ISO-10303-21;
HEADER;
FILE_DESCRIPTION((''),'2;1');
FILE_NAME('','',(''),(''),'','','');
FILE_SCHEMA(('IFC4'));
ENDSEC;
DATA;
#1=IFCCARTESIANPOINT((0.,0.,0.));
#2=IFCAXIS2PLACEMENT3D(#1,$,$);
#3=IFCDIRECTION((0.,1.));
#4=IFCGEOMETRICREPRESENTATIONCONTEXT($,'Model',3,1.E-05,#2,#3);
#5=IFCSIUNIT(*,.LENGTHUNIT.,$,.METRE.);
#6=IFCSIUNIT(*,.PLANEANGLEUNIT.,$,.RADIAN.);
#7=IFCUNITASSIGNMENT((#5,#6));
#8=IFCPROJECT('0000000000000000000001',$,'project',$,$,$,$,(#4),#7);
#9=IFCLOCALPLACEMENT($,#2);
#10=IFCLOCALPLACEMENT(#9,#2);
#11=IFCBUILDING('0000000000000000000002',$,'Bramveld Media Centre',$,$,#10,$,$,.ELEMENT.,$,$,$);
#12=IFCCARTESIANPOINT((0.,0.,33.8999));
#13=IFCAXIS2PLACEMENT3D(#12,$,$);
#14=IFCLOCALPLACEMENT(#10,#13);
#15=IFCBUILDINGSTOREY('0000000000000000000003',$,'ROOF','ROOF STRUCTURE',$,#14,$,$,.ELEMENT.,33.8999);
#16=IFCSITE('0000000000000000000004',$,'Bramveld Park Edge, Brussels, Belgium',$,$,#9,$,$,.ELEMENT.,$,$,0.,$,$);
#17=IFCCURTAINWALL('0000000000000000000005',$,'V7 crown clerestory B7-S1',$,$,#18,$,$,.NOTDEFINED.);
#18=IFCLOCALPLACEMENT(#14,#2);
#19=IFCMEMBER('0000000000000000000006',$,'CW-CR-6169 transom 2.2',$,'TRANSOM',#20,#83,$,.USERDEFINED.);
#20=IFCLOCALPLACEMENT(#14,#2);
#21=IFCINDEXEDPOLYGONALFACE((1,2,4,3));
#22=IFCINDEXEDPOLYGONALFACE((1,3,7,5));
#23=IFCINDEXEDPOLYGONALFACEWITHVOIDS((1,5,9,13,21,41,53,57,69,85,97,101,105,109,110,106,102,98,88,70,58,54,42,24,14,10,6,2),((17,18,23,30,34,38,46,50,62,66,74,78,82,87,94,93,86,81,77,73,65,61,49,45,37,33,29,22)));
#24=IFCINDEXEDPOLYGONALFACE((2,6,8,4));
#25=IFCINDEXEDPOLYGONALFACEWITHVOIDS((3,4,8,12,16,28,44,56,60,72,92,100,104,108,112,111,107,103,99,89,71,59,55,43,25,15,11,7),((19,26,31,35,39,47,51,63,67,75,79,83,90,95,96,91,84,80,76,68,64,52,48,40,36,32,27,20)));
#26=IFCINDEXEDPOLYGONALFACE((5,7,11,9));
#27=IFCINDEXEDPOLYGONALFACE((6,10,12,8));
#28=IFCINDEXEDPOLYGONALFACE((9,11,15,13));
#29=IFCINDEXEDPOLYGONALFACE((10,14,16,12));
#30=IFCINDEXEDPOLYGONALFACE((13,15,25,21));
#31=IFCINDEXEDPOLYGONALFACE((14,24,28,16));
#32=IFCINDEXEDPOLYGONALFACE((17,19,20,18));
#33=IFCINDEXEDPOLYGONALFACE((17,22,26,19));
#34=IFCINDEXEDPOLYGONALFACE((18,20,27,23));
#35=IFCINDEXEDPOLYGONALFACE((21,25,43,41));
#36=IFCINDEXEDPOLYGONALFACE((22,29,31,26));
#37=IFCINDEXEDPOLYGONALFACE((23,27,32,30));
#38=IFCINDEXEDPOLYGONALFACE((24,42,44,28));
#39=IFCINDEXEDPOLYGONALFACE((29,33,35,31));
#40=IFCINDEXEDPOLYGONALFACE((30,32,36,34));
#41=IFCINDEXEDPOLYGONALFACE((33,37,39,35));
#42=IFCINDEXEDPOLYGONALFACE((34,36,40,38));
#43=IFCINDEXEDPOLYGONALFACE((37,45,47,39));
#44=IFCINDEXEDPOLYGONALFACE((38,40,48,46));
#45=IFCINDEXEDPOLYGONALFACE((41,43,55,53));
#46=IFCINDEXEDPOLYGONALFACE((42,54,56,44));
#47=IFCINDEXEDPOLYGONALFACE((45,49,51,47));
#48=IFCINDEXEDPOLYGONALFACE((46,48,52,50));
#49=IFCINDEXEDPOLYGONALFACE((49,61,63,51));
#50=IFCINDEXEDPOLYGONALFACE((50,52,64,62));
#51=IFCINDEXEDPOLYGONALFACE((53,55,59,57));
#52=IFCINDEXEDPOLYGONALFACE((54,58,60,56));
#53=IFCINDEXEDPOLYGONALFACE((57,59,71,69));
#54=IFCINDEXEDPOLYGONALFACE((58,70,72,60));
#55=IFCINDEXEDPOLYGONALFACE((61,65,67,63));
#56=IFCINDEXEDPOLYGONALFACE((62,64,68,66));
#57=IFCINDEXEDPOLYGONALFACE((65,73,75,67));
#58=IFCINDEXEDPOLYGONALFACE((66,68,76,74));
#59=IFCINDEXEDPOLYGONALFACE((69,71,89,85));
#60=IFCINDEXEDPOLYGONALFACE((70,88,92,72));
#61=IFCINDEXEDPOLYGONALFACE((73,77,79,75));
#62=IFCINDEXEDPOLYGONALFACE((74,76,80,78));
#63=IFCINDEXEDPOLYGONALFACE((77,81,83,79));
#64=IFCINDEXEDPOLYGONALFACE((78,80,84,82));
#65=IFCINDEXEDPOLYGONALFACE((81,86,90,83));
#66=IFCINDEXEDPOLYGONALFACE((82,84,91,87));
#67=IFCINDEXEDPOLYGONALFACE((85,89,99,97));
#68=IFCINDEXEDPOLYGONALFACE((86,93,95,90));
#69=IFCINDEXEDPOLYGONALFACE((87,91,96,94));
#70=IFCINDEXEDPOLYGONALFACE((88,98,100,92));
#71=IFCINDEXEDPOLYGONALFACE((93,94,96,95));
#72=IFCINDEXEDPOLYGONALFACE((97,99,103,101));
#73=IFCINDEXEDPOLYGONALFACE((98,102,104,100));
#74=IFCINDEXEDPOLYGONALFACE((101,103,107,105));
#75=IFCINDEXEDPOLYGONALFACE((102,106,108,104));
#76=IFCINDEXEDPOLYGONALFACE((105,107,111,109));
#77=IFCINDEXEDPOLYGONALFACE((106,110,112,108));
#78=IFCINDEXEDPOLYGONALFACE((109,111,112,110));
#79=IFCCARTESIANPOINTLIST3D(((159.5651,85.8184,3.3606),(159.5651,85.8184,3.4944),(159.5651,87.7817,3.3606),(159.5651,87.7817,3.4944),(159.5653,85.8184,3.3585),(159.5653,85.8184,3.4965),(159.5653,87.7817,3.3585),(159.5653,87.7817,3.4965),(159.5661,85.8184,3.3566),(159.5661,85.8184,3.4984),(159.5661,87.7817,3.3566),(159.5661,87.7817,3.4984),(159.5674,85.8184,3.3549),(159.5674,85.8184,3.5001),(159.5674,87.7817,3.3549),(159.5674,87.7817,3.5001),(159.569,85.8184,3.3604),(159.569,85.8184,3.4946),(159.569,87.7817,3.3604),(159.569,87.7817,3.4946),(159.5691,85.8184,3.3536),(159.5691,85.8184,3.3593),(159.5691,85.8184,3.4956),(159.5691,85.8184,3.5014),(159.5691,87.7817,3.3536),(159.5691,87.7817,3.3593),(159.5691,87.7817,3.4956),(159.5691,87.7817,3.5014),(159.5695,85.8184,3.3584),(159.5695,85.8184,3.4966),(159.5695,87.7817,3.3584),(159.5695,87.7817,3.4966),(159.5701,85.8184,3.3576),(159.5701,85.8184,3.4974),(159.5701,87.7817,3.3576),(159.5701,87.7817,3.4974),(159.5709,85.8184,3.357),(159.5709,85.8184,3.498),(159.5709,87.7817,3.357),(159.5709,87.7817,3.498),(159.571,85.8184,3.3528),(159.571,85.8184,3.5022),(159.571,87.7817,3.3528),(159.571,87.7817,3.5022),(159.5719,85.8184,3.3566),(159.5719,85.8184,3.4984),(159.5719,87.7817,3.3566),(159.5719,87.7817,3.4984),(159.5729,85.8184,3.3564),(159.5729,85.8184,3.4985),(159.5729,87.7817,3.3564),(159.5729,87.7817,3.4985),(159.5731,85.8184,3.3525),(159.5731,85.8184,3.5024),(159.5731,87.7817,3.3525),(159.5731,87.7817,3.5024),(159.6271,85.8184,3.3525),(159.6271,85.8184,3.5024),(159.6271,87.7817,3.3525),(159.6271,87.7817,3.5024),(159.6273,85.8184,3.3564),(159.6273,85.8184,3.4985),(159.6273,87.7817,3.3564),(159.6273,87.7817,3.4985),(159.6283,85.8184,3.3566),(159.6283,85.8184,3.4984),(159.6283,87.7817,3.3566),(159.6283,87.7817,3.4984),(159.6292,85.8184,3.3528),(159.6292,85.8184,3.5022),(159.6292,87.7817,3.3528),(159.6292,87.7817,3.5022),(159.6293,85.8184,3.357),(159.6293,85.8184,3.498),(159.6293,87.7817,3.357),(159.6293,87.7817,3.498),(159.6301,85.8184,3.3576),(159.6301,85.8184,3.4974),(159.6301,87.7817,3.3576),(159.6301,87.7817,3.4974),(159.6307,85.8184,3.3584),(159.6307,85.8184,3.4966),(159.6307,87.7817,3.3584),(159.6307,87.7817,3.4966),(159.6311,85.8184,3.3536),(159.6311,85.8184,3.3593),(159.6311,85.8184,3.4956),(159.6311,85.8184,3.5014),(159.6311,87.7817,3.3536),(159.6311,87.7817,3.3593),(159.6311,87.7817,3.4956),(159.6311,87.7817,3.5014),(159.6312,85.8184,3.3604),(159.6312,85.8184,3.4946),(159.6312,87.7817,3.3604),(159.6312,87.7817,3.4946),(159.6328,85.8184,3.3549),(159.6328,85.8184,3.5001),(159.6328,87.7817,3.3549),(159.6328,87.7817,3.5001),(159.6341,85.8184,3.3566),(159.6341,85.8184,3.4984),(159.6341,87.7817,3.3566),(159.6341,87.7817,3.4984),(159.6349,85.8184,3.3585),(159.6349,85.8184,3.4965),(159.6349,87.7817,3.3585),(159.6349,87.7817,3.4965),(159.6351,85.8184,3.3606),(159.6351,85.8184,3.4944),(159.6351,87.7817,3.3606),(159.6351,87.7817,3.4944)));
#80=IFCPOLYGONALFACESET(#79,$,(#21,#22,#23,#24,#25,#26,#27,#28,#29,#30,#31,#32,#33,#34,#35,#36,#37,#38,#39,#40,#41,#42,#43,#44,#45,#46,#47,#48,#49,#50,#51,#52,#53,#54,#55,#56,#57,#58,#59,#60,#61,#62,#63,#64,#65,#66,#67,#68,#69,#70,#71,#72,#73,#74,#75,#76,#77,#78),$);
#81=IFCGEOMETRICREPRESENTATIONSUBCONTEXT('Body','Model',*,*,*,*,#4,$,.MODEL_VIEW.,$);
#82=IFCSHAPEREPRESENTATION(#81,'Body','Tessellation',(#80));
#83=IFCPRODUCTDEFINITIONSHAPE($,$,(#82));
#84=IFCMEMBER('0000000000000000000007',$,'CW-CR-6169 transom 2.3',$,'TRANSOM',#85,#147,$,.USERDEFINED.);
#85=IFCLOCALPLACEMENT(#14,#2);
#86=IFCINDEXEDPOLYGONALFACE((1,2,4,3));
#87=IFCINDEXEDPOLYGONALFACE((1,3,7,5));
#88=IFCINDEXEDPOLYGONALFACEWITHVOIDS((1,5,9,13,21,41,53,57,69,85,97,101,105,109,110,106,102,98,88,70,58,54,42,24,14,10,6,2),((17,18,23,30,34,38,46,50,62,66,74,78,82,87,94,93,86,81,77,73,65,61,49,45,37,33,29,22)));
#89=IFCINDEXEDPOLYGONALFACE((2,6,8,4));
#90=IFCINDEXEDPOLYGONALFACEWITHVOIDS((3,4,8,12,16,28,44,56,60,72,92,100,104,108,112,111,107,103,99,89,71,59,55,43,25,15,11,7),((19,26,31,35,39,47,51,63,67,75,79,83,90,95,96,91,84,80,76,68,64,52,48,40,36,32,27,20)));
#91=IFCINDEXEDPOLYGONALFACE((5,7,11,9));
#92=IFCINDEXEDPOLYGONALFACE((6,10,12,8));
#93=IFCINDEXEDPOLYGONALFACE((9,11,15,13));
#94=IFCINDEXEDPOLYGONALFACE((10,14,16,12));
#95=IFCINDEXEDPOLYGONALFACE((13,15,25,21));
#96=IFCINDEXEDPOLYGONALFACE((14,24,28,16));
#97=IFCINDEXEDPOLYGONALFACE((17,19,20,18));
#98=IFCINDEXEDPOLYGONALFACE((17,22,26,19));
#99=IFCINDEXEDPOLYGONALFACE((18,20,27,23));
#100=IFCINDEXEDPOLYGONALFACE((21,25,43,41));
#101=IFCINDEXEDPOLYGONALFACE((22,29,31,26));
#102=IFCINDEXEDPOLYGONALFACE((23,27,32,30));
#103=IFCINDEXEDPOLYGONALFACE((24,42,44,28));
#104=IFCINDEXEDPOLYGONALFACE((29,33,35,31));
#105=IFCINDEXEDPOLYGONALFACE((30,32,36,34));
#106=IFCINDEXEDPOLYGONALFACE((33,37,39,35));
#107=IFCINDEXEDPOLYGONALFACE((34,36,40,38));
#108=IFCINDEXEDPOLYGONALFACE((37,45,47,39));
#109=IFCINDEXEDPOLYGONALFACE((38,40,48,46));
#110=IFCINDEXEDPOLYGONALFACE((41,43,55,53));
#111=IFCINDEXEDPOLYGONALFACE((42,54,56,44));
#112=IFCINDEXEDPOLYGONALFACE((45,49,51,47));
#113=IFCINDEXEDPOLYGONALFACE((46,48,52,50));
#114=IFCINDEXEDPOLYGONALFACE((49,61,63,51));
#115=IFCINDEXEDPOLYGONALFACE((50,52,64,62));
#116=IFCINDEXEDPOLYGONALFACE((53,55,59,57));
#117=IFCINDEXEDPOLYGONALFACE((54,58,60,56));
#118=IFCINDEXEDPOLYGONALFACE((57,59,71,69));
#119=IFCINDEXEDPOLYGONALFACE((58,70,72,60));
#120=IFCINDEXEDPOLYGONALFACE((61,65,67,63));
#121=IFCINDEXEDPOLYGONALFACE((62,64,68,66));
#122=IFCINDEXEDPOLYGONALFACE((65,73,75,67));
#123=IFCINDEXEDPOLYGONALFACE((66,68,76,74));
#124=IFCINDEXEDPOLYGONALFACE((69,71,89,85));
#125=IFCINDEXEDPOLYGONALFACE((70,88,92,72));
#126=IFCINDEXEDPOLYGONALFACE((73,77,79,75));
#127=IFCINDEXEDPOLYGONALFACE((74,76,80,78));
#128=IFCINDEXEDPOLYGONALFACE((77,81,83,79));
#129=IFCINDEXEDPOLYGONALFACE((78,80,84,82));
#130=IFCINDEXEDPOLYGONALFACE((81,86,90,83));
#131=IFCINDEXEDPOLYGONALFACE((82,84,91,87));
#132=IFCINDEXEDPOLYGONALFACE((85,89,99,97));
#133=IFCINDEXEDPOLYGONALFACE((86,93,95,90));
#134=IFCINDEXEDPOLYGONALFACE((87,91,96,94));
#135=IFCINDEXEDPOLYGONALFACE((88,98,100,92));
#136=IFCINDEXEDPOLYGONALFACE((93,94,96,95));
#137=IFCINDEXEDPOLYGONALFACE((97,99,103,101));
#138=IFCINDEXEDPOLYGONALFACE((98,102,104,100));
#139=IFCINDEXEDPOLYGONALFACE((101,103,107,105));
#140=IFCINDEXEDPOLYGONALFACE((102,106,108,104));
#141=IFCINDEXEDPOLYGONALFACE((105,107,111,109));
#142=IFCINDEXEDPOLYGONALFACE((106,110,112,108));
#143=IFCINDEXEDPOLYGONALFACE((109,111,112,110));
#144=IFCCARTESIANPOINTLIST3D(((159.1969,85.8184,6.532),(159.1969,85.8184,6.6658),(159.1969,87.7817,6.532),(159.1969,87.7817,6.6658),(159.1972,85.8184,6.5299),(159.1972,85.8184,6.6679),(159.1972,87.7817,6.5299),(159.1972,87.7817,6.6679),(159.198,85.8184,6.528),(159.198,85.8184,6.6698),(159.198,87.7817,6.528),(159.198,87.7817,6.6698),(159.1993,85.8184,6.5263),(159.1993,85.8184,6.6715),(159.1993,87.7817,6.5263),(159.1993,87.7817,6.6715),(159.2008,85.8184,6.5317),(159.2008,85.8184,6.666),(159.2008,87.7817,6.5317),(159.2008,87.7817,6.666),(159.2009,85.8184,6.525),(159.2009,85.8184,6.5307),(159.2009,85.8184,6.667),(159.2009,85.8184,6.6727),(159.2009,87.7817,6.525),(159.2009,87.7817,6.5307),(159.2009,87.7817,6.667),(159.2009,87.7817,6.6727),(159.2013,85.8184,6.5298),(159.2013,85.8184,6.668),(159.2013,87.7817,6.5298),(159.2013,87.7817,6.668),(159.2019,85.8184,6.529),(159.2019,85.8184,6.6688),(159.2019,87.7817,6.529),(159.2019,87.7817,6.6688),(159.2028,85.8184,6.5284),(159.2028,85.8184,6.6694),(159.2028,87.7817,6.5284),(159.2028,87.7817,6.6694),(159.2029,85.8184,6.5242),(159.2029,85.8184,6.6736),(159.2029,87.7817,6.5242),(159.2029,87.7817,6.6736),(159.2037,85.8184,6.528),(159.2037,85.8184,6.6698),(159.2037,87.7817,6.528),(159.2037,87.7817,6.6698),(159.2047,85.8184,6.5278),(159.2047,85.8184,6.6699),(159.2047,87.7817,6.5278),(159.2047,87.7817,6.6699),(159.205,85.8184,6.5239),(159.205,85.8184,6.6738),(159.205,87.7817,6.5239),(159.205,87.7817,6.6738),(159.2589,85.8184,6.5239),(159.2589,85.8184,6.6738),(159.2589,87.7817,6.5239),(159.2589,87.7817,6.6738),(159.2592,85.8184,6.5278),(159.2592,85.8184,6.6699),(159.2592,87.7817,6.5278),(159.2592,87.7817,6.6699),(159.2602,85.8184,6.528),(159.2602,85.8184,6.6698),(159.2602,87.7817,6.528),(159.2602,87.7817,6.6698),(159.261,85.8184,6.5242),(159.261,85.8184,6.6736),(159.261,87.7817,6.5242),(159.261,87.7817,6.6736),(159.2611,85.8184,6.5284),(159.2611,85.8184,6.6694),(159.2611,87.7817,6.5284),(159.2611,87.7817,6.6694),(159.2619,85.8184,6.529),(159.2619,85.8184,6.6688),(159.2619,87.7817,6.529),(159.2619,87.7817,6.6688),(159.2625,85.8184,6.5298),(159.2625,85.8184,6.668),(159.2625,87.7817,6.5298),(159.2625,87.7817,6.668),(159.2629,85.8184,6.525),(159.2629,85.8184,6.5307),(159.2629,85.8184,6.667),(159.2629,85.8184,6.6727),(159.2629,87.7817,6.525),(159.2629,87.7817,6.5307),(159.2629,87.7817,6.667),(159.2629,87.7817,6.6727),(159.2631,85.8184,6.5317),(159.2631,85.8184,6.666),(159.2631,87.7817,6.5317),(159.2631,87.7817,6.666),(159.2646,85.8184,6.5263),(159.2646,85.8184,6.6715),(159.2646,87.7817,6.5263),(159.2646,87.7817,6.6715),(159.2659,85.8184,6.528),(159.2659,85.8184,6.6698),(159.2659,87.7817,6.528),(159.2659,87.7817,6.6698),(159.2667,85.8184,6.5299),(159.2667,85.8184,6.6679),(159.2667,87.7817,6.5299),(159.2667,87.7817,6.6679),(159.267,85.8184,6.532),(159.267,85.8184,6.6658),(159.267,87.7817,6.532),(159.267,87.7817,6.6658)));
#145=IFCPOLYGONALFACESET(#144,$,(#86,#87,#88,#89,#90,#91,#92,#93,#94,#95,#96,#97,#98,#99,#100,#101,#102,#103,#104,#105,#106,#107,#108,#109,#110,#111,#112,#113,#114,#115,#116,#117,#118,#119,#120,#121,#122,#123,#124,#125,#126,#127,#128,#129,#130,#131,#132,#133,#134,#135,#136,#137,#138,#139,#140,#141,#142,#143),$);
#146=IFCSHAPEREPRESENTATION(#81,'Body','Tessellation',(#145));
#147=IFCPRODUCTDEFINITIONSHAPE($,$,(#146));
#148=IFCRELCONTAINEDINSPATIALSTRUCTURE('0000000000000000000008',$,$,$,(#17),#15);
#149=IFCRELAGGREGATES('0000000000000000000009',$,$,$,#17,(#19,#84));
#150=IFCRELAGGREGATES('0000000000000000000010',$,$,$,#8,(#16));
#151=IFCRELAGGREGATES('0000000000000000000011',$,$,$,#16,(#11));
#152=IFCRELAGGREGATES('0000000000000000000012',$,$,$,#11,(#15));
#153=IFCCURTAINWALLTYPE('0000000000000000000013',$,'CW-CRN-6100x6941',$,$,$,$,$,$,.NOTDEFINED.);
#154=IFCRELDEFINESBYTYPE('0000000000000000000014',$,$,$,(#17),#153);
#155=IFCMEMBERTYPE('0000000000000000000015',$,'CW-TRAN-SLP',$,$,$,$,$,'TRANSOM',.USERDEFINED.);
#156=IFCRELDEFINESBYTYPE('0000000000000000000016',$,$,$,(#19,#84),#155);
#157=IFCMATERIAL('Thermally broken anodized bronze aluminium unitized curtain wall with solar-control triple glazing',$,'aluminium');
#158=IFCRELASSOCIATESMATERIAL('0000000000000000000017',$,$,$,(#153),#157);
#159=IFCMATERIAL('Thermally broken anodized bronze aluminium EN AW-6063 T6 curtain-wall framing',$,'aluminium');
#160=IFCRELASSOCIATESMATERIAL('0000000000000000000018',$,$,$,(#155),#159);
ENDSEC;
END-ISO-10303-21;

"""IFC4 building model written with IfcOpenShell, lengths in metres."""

from ifc_helpers import new_model, si_unit, direction, frame, origin, origin_2d, place, context, subcontext, project, spatial, hollow_rectangle, extrude, material, material_profile, profile_set, type_object, element, aggregate, save


model = new_model("IFC4")

# Units and contexts
model_context = context("Model", 3, precision=1e-05, world=origin(), true_north=direction((0.0, 1.0)))
body_context = subcontext(model_context, "Body", "Model", "MODEL_VIEW")
ifc_project = project(units=[si_unit("LENGTHUNIT", "METRE"), si_unit("PLANEANGLEUNIT", "RADIAN")], contexts=[model_context])

# Site, building, storey
site_placement = place(None, origin())
site = spatial("IfcSite", under=ifc_project, at=site_placement, Name="Bramveld Park Edge, Brussels, Belgium", CompositionType="ELEMENT", RefElevation=0.0)
building_placement = place(site_placement, origin())
building = spatial("IfcBuilding", under=site, at=building_placement, Name="Bramveld Media Centre", CompositionType="ELEMENT")
storey_placement = place(building_placement, frame((0.0, 0.0, 33.8999)))
storey = spatial("IfcBuildingStorey", under=building, at=storey_placement, Name="ROOF", Description="ROOF STRUCTURE", CompositionType="ELEMENT", Elevation=33.8999)

# Curtain wall, members
ifc_material_1 = material(Name="Thermally broken anodized bronze aluminium unitized curtain wall with solar-control triple glazing", Category="aluminium")
curtain_wall_type = type_object("IfcCurtainWallType", Name="CW-CRN-6100x6941", PredefinedType="NOTDEFINED", material=ifc_material_1)
ifc_material_2 = material(Name="Thermally broken anodized bronze aluminium EN AW-6063 T6 curtain-wall framing", Category="aluminium")
ifc_material_profile_1 = material_profile(ifc_material_2, hollow_rectangle(XDim=0.0701, YDim=0.1499, WallThickness=0.0039, InnerFilletRadius=0.0039, OuterFilletRadius=0.0081, at=origin_2d()), Name="AL-TRAN 70x150")
ifc_profile_set_1 = profile_set([ifc_material_profile_1], Name="Thermally broken anodized bronze aluminium EN AW-6063 T6 curtain-wall framing")
member_type_1 = type_object("IfcMemberType", Name="CW-TRAN-SLP", ElementType="TRANSOM", PredefinedType="USERDEFINED", material=ifc_profile_set_1)
curtain_wall_1_placement = place(storey_placement, origin())
curtain_wall_1 = element("IfcCurtainWall", 1, at=curtain_wall_1_placement, inside=storey, type_object=curtain_wall_type, Name="V7 crown clerestory B7-S1", PredefinedType="NOTDEFINED")
member_1_placement = place(storey_placement, frame((159.6001, 85.8184, 3.4275), z_axis=(0.0, 1.0, 0.0), x_axis=(-1.0, 0.0, 0.0)))
member_1 = element("IfcMember", 2, at=member_1_placement, type_object=member_type_1, Name="CW-CR-6169 transom 2.2", ObjectType="TRANSOM", PredefinedType="USERDEFINED", context=body_context, shape_type="SweptSolid", body=[
    extrude(hollow_rectangle(XDim=0.0701, YDim=0.1499, WallThickness=0.0039, InnerFilletRadius=0.0039, OuterFilletRadius=0.0081, at=origin_2d()), origin(), (0.0, 0.0, 1.0), 1.9634),
])
member_2_placement = place(storey_placement, frame((159.2319, 85.8184, 6.5989), z_axis=(0.0, 1.0, 0.0), x_axis=(-1.0, 0.0, 0.0)))
member_2 = element("IfcMember", 3, at=member_2_placement, type_object=member_type_1, Name="CW-CR-6169 transom 2.3", ObjectType="TRANSOM", PredefinedType="USERDEFINED", context=body_context, shape_type="SweptSolid", body=[
    extrude(hollow_rectangle(XDim=0.0701, YDim=0.1499, WallThickness=0.0039, InnerFilletRadius=0.0039, OuterFilletRadius=0.0081, at=origin_2d()), origin(), (0.0, 0.0, 1.0), 1.9634),
])

aggregate(curtain_wall_1, [member_1, member_2])

save(model, "model.ifc")
